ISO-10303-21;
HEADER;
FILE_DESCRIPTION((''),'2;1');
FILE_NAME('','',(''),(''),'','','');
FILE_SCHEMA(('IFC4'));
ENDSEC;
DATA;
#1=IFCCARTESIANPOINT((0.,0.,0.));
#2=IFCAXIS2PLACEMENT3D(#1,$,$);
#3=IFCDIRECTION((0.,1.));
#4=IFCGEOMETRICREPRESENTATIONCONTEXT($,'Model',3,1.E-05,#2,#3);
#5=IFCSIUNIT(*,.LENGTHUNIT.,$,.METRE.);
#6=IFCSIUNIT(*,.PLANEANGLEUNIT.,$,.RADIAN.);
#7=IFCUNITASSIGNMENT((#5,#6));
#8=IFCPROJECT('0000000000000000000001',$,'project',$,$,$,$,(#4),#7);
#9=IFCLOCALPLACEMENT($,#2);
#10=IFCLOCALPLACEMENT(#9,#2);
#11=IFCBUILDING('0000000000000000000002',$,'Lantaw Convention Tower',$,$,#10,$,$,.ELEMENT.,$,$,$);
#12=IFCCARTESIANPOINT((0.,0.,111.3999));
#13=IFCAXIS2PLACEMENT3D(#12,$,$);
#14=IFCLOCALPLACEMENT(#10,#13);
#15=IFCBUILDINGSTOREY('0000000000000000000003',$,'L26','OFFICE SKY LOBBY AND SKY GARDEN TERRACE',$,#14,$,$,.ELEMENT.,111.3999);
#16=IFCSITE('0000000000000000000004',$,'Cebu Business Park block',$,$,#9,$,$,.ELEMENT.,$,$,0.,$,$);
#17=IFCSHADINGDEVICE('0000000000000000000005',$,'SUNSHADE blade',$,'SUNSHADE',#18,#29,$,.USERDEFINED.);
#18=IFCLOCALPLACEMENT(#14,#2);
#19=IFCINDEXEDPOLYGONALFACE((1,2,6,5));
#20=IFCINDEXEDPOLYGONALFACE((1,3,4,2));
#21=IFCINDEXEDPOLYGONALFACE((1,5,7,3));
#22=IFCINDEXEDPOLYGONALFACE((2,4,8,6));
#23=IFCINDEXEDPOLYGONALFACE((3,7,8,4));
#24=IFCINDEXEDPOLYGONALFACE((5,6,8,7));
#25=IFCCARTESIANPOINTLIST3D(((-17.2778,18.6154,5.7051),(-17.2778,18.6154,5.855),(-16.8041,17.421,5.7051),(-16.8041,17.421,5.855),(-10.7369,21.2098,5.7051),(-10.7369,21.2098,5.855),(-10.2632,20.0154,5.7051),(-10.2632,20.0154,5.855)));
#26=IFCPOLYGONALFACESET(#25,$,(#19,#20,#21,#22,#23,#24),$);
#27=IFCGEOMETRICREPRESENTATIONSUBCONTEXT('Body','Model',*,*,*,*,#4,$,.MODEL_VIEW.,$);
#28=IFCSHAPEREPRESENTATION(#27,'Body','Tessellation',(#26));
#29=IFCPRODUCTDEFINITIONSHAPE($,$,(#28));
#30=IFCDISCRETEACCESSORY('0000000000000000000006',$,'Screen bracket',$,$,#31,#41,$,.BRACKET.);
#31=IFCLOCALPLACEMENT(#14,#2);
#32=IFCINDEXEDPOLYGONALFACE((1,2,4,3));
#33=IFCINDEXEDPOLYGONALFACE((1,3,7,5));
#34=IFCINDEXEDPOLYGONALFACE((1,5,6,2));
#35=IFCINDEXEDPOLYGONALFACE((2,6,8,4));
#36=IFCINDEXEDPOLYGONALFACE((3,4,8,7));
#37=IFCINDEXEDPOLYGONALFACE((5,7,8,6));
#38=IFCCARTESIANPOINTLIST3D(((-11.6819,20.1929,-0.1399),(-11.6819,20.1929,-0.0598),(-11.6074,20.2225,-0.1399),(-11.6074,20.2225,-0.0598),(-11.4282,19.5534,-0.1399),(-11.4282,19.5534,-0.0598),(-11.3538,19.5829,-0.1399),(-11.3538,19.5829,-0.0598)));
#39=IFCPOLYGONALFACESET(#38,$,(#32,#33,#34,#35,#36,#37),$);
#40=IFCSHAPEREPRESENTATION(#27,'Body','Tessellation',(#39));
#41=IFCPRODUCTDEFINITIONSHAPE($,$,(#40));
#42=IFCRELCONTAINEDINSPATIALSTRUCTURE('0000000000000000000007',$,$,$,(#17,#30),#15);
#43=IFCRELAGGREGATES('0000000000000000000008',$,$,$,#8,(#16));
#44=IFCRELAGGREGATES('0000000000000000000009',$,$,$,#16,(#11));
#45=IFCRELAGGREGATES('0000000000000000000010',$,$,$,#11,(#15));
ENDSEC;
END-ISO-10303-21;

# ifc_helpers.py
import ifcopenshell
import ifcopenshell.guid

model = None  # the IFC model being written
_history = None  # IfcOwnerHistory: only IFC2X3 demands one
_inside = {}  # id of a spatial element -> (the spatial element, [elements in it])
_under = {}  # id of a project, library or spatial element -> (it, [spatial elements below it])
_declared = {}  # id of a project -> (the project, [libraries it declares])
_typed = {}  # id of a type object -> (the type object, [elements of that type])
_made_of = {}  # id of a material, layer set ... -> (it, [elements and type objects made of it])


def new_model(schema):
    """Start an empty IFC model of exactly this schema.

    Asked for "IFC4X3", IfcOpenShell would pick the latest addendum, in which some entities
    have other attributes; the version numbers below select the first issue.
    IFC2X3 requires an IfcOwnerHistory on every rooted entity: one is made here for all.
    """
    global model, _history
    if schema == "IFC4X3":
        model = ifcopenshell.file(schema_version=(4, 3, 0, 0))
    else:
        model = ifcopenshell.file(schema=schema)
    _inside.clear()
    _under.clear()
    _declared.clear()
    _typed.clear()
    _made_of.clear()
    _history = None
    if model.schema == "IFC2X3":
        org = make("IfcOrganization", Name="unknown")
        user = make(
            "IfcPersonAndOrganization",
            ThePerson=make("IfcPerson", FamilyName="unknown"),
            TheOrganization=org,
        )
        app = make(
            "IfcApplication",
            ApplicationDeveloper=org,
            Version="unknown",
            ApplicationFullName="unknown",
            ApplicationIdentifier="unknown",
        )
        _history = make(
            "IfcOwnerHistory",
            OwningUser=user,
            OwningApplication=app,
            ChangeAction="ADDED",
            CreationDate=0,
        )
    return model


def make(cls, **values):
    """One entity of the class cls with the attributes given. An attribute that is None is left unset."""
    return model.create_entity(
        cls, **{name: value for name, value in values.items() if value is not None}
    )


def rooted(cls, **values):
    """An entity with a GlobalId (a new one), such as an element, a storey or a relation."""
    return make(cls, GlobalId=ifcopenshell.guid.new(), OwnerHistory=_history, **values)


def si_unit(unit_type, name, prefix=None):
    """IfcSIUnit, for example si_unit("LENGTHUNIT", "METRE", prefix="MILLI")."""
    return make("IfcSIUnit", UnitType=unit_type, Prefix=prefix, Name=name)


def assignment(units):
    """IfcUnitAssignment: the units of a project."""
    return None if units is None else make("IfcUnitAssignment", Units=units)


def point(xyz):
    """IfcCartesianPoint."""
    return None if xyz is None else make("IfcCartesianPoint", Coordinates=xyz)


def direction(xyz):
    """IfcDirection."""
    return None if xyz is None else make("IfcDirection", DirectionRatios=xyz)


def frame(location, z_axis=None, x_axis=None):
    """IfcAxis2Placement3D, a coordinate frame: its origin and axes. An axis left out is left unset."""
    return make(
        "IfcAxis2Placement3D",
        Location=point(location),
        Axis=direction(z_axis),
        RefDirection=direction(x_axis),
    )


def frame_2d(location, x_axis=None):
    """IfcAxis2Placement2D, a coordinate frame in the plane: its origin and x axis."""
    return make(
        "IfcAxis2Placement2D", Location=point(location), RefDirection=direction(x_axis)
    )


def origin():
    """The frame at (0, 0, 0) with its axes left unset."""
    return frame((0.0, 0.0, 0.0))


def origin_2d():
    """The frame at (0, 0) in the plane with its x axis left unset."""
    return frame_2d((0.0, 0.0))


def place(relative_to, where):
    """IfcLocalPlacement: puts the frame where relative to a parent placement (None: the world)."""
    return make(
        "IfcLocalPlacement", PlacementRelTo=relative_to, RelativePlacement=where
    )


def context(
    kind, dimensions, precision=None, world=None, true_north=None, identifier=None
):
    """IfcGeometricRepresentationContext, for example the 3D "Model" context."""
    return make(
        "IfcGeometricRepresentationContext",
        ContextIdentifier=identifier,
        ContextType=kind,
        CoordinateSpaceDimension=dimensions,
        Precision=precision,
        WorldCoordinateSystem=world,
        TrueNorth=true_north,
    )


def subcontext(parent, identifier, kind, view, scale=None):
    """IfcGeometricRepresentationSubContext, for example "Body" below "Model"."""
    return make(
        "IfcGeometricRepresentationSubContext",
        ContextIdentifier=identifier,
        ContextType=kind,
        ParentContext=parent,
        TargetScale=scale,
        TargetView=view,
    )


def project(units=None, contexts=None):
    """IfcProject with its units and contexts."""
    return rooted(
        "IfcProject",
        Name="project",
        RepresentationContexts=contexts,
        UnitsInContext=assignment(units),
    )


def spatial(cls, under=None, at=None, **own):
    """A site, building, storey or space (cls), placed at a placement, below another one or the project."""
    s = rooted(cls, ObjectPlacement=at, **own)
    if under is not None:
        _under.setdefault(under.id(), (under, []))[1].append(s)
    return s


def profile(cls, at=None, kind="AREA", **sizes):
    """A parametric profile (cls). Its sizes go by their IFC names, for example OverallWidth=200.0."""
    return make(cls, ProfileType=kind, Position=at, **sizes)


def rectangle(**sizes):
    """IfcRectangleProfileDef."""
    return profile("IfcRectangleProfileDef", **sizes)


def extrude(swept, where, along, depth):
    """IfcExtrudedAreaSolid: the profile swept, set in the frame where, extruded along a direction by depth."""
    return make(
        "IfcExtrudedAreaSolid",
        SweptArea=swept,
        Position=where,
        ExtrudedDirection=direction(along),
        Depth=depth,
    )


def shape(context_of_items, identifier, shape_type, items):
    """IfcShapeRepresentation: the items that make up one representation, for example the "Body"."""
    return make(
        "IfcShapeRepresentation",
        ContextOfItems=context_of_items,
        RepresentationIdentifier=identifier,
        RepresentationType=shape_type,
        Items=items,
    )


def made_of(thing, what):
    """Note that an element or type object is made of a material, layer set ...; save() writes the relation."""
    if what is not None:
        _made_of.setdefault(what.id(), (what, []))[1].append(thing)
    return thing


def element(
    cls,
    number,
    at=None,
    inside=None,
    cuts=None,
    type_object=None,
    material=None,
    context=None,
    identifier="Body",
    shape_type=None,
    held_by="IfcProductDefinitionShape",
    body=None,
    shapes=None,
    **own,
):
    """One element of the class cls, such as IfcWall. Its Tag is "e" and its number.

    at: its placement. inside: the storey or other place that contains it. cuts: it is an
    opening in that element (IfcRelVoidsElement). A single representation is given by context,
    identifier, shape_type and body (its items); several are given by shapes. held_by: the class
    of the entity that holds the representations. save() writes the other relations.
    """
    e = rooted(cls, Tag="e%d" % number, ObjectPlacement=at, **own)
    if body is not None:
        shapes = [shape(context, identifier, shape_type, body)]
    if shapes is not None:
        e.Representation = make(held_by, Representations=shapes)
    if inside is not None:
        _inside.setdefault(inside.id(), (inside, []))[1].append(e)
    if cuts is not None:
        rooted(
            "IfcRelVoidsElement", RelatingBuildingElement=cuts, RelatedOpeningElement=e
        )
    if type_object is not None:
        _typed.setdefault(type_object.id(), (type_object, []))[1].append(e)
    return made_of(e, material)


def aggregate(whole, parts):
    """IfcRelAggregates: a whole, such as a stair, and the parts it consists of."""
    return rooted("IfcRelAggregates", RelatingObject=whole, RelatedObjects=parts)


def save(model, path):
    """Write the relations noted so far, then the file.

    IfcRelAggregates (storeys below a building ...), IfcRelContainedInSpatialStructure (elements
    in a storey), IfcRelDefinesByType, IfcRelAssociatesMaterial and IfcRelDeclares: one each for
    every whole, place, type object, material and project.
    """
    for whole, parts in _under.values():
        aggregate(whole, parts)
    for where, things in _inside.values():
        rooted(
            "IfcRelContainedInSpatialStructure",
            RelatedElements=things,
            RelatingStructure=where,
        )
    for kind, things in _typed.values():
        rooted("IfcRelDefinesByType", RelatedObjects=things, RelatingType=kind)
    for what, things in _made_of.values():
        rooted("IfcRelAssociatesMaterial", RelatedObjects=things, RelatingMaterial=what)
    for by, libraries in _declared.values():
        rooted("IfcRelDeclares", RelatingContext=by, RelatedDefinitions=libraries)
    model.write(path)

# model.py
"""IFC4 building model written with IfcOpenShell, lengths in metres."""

from ifc_helpers import new_model, si_unit, direction, frame, origin, origin_2d, place, context, subcontext, project, spatial, rectangle, extrude, element, save


model = new_model("IFC4")

# Units and contexts
model_context = context("Model", 3, precision=1e-05, world=origin(), true_north=direction((0.0, 1.0)))
body_context = subcontext(model_context, "Body", "Model", "MODEL_VIEW")
ifc_project = project(units=[si_unit("LENGTHUNIT", "METRE"), si_unit("PLANEANGLEUNIT", "RADIAN")], contexts=[model_context])

# Site, building, storey
site_placement = place(None, origin())
site = spatial("IfcSite", under=ifc_project, at=site_placement, Name="Cebu Business Park block", CompositionType="ELEMENT", RefElevation=0.0)
building_placement = place(site_placement, origin())
building = spatial("IfcBuilding", under=site, at=building_placement, Name="Lantaw Convention Tower", CompositionType="ELEMENT")
storey_placement = place(building_placement, frame((0.0, 0.0, 111.3999)))
storey = spatial("IfcBuildingStorey", under=building, at=storey_placement, Name="L26", Description="OFFICE SKY LOBBY AND SKY GARDEN TERRACE", CompositionType="ELEMENT", Elevation=111.3999)

# Shading device
shading_device_placement = place(storey_placement, frame((-13.7705, 19.3154, 5.7051), z_axis=(0.0, 0.0, 1.0), x_axis=(-0.929548, -0.368702, 0.0)))
element("IfcShadingDevice", 1, at=shading_device_placement, inside=storey, Name="SUNSHADE blade", ObjectType="SUNSHADE", PredefinedType="USERDEFINED", context=body_context, shape_type="SweptSolid", body=[
    extrude(rectangle(XDim=7.0366, YDim=1.2849, at=origin_2d()), origin(), (0.0, 0.0, 1.0), 0.1499),
])

# Discrete accessory
discrete_accessory_placement = place(storey_placement, frame((-11.5178, 19.8879, -0.1399), z_axis=(0.0, 0.0, 1.0), x_axis=(-0.929548, -0.368702, 0.0)))
element("IfcDiscreteAccessory", 2, at=discrete_accessory_placement, inside=storey, Name="Screen bracket", PredefinedType="BRACKET", context=body_context, shape_type="SweptSolid", body=[
    extrude(rectangle(XDim=0.0801, YDim=0.688, at=origin_2d()), origin(), (0.0, 0.0, 1.0), 0.0801),
])

save(model, "model.ifc")
